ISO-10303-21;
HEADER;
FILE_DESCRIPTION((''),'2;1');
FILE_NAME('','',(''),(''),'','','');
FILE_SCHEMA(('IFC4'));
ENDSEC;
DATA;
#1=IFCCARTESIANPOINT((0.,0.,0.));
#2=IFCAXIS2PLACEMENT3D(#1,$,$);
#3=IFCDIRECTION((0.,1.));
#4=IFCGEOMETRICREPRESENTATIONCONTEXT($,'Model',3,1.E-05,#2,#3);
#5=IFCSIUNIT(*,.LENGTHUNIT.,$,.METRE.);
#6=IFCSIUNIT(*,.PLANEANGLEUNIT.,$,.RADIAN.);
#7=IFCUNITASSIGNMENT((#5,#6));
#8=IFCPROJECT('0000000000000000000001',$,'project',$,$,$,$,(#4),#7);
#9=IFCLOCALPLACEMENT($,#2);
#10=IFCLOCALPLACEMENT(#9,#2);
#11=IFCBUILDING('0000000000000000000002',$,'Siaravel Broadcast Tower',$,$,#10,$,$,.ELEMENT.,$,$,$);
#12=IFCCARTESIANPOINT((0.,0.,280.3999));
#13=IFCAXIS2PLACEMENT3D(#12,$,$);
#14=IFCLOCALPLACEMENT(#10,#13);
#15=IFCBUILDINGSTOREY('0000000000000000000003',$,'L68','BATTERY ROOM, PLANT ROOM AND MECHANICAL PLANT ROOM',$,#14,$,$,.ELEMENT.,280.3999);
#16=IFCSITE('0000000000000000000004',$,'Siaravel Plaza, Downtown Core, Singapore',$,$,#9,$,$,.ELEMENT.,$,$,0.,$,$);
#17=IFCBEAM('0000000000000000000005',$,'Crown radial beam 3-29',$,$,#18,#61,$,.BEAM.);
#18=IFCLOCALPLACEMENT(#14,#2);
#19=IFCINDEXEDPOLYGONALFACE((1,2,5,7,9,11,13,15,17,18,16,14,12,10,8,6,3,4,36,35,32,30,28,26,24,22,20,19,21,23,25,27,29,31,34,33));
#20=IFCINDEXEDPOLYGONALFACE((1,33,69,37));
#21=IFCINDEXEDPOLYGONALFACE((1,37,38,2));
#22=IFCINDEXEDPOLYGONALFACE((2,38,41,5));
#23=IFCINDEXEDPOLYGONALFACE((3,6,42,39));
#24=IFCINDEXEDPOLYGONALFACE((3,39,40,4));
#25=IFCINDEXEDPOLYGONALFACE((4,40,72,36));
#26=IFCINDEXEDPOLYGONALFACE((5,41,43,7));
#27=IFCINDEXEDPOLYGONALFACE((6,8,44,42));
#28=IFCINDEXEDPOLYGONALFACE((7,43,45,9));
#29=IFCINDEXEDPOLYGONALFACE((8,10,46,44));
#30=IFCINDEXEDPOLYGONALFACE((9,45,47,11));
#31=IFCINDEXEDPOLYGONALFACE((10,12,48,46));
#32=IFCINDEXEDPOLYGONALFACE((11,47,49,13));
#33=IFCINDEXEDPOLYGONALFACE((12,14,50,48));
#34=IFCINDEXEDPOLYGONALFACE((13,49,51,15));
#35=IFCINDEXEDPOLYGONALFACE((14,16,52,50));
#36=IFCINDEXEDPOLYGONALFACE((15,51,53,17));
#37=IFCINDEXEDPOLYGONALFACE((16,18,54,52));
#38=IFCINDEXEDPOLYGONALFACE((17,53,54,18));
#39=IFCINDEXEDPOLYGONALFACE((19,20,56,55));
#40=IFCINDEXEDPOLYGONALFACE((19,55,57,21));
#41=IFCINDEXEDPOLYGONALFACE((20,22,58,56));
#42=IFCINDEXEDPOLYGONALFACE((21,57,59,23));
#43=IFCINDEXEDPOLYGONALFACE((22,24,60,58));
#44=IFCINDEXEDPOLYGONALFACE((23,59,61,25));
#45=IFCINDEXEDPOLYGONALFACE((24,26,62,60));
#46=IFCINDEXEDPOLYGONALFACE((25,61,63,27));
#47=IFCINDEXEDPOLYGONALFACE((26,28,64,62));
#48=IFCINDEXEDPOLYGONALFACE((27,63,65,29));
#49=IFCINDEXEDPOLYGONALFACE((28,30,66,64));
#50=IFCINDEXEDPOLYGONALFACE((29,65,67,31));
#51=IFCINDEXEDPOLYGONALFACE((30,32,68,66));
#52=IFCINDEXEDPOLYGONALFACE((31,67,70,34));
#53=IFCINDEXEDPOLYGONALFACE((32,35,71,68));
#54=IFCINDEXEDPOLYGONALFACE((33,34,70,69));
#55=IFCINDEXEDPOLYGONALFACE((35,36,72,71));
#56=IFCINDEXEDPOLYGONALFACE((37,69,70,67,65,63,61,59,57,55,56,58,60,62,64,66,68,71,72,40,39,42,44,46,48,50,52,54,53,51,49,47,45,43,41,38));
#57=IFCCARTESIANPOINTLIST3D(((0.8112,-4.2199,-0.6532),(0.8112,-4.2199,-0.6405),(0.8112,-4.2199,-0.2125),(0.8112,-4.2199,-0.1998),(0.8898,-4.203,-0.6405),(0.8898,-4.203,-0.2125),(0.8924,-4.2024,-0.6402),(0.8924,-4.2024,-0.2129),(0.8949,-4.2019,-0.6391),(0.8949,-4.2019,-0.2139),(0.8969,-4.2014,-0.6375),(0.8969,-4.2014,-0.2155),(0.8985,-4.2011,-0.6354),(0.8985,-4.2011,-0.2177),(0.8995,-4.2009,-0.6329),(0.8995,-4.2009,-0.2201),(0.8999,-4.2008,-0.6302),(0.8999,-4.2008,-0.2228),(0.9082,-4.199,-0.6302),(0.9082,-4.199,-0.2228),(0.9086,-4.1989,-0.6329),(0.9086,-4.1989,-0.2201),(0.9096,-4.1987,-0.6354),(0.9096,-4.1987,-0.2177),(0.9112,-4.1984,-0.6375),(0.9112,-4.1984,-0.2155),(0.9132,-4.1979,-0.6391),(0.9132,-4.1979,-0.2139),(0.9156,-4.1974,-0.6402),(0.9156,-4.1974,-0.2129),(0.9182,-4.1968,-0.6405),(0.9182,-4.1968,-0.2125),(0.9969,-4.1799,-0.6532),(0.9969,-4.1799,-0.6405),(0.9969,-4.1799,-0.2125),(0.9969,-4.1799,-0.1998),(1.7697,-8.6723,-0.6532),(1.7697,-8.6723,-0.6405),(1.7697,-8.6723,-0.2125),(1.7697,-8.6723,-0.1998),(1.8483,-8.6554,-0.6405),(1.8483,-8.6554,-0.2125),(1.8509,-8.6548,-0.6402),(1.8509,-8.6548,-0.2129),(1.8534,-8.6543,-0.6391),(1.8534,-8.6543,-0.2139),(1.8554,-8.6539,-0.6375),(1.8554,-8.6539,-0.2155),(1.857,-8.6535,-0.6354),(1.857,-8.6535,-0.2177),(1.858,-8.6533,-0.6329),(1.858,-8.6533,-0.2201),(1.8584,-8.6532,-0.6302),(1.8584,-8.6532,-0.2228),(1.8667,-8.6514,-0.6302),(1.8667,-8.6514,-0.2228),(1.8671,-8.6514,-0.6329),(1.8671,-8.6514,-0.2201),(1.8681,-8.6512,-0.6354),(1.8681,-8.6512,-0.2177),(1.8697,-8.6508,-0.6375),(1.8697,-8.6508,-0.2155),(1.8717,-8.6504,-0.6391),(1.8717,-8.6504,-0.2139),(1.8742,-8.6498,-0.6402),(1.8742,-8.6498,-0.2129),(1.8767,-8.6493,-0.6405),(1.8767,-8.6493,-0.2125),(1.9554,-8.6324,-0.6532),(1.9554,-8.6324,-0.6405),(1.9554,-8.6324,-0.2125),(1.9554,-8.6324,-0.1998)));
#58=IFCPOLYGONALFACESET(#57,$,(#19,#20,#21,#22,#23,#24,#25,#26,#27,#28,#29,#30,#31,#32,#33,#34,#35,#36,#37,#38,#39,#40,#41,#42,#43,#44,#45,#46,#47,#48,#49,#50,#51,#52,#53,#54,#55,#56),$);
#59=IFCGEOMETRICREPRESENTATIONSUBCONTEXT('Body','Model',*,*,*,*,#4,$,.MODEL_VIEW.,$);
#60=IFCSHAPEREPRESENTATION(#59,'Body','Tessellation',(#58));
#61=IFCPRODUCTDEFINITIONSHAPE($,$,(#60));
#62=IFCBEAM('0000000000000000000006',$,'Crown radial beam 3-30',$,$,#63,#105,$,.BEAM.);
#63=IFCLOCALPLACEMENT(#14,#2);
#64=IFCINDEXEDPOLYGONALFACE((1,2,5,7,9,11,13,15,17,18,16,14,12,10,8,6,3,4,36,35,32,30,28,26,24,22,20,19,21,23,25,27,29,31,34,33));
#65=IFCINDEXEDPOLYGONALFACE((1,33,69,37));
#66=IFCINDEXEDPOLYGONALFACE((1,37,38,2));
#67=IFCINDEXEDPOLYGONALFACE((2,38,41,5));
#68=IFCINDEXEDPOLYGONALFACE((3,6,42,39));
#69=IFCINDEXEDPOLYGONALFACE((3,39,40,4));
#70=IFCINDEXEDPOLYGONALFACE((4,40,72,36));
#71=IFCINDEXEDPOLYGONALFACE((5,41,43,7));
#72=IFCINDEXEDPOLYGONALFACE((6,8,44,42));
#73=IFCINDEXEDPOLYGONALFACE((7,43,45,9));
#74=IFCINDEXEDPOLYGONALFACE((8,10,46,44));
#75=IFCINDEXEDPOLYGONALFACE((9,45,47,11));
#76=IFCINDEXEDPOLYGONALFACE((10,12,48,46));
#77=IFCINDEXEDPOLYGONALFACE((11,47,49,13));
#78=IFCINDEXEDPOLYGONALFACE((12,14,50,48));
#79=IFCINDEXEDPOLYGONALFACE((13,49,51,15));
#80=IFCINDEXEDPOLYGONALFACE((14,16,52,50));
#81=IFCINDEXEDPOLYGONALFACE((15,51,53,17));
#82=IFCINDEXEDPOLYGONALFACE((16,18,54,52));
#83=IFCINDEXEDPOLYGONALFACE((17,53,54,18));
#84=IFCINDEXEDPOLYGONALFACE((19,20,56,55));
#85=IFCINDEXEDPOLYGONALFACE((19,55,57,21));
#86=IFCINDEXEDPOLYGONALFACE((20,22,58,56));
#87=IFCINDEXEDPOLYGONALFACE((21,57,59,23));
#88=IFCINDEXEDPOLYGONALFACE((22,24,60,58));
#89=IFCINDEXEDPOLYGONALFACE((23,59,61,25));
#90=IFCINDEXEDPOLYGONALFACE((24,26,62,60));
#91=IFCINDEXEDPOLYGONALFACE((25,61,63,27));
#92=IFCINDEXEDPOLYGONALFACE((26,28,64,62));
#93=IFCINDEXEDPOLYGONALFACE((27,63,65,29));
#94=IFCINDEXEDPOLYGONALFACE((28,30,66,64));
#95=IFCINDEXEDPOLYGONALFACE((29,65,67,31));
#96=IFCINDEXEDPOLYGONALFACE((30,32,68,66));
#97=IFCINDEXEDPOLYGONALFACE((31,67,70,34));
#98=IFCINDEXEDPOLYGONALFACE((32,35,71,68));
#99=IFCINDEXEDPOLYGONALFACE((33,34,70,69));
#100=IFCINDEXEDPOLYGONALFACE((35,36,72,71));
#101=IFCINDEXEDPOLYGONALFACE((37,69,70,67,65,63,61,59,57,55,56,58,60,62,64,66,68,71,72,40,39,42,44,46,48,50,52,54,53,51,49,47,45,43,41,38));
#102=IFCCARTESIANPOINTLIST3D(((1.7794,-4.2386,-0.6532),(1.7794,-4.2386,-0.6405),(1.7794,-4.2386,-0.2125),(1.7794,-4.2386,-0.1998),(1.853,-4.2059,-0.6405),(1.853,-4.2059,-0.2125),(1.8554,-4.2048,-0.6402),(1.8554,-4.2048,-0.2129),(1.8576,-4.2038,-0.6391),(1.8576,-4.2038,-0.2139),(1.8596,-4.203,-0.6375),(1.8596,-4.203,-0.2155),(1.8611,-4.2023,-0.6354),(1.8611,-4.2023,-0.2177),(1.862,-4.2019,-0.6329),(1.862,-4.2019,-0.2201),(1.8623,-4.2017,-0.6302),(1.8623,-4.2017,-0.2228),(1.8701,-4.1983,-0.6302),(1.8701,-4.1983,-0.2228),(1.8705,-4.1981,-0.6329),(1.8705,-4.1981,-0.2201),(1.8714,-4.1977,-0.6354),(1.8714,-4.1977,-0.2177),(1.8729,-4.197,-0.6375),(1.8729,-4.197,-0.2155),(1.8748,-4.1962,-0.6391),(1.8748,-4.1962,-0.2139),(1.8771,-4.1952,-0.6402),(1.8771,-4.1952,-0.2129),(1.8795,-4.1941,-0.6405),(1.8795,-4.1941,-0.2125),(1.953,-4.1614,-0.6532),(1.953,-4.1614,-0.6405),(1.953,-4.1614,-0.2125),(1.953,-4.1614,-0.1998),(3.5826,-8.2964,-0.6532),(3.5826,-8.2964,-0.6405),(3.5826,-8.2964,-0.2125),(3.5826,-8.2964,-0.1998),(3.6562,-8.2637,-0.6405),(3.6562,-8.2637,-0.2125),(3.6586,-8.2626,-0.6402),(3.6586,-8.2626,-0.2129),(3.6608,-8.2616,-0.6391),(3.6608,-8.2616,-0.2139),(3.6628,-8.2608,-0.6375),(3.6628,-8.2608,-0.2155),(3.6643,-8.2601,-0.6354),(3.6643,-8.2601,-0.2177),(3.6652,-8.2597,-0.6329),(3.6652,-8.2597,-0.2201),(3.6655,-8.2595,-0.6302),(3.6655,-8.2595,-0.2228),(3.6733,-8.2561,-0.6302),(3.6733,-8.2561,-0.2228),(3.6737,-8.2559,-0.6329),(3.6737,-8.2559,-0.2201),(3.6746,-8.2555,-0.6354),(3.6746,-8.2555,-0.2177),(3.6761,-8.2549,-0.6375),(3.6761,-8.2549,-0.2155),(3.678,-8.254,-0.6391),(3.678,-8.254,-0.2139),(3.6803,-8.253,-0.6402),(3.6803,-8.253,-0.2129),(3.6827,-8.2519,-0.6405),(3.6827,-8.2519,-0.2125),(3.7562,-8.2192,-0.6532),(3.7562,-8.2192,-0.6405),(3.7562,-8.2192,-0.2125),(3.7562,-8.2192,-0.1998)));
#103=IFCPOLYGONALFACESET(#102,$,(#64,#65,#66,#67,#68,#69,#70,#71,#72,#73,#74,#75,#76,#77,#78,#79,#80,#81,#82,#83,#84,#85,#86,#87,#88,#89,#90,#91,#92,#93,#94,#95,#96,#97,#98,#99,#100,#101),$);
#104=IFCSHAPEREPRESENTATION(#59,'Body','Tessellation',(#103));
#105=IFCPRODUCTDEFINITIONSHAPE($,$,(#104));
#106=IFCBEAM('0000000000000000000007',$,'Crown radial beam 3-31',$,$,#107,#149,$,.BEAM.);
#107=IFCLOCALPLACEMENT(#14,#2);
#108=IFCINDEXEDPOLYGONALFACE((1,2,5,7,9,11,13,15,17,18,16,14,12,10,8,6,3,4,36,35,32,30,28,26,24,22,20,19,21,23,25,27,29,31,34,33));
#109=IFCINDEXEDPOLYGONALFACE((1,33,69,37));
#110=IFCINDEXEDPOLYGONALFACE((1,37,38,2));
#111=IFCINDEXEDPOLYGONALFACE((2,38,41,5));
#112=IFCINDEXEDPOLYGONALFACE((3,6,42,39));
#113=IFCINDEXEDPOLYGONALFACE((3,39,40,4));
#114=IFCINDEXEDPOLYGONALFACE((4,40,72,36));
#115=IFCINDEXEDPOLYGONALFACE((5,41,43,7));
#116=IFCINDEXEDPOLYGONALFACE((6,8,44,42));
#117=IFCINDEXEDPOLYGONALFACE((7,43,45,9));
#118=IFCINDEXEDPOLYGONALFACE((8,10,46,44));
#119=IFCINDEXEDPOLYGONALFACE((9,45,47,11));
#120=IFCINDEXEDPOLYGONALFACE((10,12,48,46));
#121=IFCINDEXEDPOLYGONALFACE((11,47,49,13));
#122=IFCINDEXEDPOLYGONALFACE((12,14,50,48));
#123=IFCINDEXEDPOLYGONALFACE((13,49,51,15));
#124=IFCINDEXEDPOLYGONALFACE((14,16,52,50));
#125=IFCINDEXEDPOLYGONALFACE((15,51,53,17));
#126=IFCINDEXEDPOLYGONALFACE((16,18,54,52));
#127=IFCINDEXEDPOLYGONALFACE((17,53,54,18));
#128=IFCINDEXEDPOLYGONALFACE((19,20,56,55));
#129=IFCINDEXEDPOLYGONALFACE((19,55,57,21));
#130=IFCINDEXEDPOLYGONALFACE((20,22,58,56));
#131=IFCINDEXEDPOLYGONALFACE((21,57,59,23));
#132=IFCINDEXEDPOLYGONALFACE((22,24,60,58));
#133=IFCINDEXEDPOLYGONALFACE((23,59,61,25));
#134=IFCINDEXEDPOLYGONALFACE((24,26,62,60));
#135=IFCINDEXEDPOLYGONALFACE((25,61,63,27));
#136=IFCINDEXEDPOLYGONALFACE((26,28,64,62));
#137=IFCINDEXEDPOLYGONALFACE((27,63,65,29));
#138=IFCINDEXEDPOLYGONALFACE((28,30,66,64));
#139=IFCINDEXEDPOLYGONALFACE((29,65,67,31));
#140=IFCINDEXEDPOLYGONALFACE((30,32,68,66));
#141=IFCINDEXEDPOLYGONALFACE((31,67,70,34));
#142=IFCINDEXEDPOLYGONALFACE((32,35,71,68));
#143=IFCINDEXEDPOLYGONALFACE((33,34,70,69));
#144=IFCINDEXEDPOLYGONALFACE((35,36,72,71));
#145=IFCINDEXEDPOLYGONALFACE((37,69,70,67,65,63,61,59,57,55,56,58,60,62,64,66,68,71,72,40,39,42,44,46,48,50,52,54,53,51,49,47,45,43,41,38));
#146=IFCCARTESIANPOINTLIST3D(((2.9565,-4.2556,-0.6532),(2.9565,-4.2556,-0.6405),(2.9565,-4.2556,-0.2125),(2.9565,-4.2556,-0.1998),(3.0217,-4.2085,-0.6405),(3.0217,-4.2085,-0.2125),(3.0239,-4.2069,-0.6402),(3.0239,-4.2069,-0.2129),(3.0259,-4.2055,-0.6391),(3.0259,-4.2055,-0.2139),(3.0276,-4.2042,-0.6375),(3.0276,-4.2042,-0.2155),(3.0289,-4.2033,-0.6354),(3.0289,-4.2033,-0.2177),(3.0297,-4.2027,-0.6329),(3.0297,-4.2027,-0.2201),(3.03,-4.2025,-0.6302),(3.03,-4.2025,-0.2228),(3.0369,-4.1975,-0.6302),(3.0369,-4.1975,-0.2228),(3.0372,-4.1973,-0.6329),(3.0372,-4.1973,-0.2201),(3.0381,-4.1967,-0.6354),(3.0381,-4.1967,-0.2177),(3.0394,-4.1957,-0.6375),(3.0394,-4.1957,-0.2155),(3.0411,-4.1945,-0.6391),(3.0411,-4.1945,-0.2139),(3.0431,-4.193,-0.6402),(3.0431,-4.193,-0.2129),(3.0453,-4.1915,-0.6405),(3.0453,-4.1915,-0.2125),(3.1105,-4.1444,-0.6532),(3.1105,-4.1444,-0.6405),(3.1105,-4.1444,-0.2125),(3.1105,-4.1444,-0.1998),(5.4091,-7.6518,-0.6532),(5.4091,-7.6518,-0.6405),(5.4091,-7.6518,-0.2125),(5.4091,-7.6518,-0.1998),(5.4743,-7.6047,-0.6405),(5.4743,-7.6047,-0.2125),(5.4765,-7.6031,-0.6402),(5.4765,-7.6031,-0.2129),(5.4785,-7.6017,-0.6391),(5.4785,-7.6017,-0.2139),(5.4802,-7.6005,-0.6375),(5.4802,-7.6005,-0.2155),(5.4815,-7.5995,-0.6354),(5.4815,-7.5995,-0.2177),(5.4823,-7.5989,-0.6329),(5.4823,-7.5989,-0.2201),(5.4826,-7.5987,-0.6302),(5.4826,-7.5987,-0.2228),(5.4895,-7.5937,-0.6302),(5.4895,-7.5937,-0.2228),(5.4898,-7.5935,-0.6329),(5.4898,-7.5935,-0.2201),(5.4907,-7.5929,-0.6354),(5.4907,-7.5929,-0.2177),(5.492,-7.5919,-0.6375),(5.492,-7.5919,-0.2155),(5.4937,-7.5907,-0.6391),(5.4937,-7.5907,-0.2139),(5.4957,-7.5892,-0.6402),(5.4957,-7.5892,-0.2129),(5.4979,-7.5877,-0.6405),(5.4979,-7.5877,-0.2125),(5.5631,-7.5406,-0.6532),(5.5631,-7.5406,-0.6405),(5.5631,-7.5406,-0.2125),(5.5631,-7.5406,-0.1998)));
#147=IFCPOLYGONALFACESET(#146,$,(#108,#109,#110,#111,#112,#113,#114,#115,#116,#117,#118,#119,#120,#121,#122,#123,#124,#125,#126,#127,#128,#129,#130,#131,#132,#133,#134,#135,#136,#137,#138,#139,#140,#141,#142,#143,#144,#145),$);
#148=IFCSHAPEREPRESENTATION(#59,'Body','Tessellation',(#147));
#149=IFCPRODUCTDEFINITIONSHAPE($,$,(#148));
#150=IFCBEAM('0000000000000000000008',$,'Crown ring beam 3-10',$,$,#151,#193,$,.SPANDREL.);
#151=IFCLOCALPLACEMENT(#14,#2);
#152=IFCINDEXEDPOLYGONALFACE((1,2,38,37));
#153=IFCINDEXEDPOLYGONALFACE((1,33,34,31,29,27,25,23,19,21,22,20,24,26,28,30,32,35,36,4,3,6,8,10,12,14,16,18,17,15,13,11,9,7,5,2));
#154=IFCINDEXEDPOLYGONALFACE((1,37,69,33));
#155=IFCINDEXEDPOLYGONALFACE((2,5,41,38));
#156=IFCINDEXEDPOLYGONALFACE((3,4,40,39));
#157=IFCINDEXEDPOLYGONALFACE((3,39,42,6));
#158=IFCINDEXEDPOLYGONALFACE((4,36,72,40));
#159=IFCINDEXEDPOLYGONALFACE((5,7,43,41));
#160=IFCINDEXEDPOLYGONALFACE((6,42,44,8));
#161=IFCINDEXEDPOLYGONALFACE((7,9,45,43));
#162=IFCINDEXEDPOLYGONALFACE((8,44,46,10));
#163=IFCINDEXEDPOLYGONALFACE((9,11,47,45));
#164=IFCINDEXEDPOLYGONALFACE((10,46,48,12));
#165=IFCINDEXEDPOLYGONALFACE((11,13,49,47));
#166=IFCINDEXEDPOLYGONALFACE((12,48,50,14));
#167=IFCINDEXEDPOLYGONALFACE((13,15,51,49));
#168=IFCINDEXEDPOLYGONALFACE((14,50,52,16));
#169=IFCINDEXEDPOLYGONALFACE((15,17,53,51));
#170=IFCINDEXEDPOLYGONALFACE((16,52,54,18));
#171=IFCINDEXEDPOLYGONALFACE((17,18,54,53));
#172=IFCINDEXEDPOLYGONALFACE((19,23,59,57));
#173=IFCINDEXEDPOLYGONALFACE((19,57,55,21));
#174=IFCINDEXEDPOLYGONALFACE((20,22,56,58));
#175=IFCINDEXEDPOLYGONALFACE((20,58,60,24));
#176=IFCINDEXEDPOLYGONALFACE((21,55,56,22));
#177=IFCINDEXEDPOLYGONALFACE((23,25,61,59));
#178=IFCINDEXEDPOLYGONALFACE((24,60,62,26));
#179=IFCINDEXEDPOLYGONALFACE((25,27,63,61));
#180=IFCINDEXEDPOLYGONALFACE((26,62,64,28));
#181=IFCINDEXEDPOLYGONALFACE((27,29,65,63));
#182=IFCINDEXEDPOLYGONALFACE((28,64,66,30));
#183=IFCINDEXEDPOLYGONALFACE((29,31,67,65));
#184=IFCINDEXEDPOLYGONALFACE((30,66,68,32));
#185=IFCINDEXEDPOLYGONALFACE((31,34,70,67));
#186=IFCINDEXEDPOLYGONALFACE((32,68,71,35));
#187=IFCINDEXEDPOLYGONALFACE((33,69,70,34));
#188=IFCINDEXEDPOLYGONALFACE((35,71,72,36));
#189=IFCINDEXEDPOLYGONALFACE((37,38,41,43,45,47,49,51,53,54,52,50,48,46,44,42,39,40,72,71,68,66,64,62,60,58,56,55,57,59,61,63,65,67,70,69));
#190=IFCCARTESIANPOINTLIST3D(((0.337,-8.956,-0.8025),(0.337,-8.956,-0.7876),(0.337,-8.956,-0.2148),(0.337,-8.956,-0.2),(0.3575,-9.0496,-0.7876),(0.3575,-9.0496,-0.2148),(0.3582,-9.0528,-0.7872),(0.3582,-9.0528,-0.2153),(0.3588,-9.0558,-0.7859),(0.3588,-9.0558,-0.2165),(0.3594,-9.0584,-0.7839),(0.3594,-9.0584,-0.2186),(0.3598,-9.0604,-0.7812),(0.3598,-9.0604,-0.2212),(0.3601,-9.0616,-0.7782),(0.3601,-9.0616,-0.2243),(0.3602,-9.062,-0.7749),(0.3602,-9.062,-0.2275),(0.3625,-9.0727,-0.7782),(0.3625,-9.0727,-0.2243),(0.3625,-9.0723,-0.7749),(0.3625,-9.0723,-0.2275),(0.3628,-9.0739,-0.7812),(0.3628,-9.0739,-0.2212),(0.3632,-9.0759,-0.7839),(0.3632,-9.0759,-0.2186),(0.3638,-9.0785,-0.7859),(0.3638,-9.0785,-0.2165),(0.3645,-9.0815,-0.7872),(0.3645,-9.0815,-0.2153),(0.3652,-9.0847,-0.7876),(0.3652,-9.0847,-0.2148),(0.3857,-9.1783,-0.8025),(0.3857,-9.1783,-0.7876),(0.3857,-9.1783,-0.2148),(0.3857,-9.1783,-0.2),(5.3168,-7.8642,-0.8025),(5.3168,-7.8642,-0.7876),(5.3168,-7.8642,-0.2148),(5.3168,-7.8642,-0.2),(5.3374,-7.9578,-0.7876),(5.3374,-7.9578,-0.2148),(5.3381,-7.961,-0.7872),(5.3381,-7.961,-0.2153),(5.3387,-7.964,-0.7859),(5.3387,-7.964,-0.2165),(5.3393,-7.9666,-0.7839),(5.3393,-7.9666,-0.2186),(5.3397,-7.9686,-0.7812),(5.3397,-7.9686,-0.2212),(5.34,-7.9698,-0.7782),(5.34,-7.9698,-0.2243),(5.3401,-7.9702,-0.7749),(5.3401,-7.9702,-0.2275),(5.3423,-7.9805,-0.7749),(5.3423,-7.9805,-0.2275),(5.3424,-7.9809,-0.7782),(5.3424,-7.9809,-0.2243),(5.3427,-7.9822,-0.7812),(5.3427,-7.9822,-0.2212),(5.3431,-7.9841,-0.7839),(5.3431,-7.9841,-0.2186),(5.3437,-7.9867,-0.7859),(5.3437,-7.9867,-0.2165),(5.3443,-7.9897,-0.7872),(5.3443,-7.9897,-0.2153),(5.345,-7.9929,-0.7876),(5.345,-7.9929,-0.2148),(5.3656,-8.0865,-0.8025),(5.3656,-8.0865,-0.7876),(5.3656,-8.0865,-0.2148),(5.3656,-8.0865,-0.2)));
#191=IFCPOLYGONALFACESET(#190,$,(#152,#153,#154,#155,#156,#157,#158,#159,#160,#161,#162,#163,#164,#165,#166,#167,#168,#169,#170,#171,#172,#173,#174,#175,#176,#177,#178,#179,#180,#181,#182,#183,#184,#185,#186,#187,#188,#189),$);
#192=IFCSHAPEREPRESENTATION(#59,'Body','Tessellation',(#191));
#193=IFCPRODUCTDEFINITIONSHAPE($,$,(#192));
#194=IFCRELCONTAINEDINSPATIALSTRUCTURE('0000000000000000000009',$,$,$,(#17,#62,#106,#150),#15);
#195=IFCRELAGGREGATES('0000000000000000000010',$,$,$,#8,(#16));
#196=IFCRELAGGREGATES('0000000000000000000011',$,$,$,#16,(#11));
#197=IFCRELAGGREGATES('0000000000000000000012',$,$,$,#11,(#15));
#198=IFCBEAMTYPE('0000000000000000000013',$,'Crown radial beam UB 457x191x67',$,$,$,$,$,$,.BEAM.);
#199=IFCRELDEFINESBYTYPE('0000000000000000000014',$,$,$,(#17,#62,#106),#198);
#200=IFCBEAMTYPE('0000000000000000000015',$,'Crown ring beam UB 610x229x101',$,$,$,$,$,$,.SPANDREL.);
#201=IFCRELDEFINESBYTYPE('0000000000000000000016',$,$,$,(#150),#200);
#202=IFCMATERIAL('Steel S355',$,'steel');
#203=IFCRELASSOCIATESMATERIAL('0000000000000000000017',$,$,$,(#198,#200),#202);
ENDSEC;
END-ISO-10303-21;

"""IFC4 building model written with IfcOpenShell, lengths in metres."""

from ifc_helpers import new_model, si_unit, direction, frame, origin, origin_2d, place, context, subcontext, project, spatial, i_section, extrude, material, material_profile, profile_set, type_object, element, save


model = new_model("IFC4")

# Units and contexts
model_context = context("Model", 3, precision=1e-05, world=origin(), true_north=direction((0.0, 1.0)))
body_context = subcontext(model_context, "Body", "Model", "MODEL_VIEW")
ifc_project = project(units=[si_unit("LENGTHUNIT", "METRE"), si_unit("PLANEANGLEUNIT", "RADIAN")], contexts=[model_context])

# Site, building, storey
site_placement = place(None, origin())
site = spatial("IfcSite", under=ifc_project, at=site_placement, Name="Siaravel Plaza, Downtown Core, Singapore", CompositionType="ELEMENT", RefElevation=0.0)
building_placement = place(site_placement, origin())
building = spatial("IfcBuilding", under=site, at=building_placement, Name="Siaravel Broadcast Tower", CompositionType="ELEMENT")
storey_placement = place(building_placement, frame((0.0, 0.0, 280.3999)))
storey = spatial("IfcBuildingStorey", under=building, at=storey_placement, Name="L68", Description="BATTERY ROOM, PLANT ROOM AND MECHANICAL PLANT ROOM", CompositionType="ELEMENT", Elevation=280.3999)

# Beams
ifc_material_1 = material(Name="Steel S355", Category="steel")
ifc_material_profile_1 = material_profile(ifc_material_1, i_section(OverallWidth=0.1899, OverallDepth=0.4534, WebThickness=0.0085, FlangeThickness=0.0127, FilletRadius=0.0103, at=origin_2d()))
ifc_profile_set_1 = profile_set([ifc_material_profile_1], Name="Steel S355")
beam_type_1 = type_object("IfcBeamType", Name="Crown radial beam UB 457x191x67", PredefinedType="BEAM", material=ifc_profile_set_1)
beam_1_placement = place(storey_placement, frame((1.8625, -8.6523, -0.4265), z_axis=(-0.210455, 0.977604, 0.0), x_axis=(-0.977604, -0.210455, 0.0)))
element("IfcBeam", 1, at=beam_1_placement, inside=storey, type_object=beam_type_1, Name="Crown radial beam 3-29", PredefinedType="BEAM", context=body_context, shape_type="SweptSolid", body=[
    extrude(i_section(OverallWidth=0.1899, OverallDepth=0.4534, WebThickness=0.0085, FlangeThickness=0.0127, FilletRadius=0.0103, at=origin_2d()), origin(), (0.0, 0.0, 1.0), 4.5544),
])
beam_2_placement = place(storey_placement, frame((3.6694, -8.2578, -0.4265), z_axis=(-0.406087, 0.913834, 0.0), x_axis=(-0.913834, -0.406087, 0.0)))
element("IfcBeam", 2, at=beam_2_placement, inside=storey, type_object=beam_type_1, Name="Crown radial beam 3-30", PredefinedType="BEAM", context=body_context, shape_type="SweptSolid", body=[
    extrude(i_section(OverallWidth=0.1899, OverallDepth=0.4534, WebThickness=0.0085, FlangeThickness=0.0127, FilletRadius=0.0103, at=origin_2d()), origin(), (0.0, 0.0, 1.0), 4.4404),
])
beam_3_placement = place(storey_placement, frame((5.4861, -7.5962, -0.4265), z_axis=(-0.585459, 0.810702, 0.0), x_axis=(-0.810702, -0.585459, 0.0)))
element("IfcBeam", 3, at=beam_3_placement, inside=storey, type_object=beam_type_1, Name="Crown radial beam 3-31", PredefinedType="BEAM", context=body_context, shape_type="SweptSolid", body=[
    extrude(i_section(OverallWidth=0.1899, OverallDepth=0.4534, WebThickness=0.0085, FlangeThickness=0.0127, FilletRadius=0.0103, at=origin_2d()), origin(), (0.0, 0.0, 1.0), 4.1892),
])
ifc_material_profile_2 = material_profile(ifc_material_1, i_section(OverallWidth=0.2275, OverallDepth=0.6025, WebThickness=0.0105, FlangeThickness=0.0149, FilletRadius=0.0127, at=origin_2d()))
ifc_profile_set_2 = profile_set([ifc_material_profile_2], Name="Steel S355")
beam_type_2 = type_object("IfcBeamType", Name="Crown ring beam UB 610x229x101", PredefinedType="SPANDREL", material=ifc_profile_set_2)
beam_4_placement = place(storey_placement, frame((0.3613, -9.0671, -0.5012), z_axis=(0.976801, 0.214151, 0.0), x_axis=(-0.214151, 0.976801, 0.0)))
element("IfcBeam", 4, at=beam_4_placement, inside=storey, type_object=beam_type_2, Name="Crown ring beam 3-10", PredefinedType="SPANDREL", context=body_context, shape_type="SweptSolid", body=[
    extrude(i_section(OverallWidth=0.2275, OverallDepth=0.6025, WebThickness=0.0105, FlangeThickness=0.0149, FilletRadius=0.0127, at=origin_2d()), origin(), (0.0, 0.0, 1.0), 5.0981),
])

save(model, "model.ifc")
